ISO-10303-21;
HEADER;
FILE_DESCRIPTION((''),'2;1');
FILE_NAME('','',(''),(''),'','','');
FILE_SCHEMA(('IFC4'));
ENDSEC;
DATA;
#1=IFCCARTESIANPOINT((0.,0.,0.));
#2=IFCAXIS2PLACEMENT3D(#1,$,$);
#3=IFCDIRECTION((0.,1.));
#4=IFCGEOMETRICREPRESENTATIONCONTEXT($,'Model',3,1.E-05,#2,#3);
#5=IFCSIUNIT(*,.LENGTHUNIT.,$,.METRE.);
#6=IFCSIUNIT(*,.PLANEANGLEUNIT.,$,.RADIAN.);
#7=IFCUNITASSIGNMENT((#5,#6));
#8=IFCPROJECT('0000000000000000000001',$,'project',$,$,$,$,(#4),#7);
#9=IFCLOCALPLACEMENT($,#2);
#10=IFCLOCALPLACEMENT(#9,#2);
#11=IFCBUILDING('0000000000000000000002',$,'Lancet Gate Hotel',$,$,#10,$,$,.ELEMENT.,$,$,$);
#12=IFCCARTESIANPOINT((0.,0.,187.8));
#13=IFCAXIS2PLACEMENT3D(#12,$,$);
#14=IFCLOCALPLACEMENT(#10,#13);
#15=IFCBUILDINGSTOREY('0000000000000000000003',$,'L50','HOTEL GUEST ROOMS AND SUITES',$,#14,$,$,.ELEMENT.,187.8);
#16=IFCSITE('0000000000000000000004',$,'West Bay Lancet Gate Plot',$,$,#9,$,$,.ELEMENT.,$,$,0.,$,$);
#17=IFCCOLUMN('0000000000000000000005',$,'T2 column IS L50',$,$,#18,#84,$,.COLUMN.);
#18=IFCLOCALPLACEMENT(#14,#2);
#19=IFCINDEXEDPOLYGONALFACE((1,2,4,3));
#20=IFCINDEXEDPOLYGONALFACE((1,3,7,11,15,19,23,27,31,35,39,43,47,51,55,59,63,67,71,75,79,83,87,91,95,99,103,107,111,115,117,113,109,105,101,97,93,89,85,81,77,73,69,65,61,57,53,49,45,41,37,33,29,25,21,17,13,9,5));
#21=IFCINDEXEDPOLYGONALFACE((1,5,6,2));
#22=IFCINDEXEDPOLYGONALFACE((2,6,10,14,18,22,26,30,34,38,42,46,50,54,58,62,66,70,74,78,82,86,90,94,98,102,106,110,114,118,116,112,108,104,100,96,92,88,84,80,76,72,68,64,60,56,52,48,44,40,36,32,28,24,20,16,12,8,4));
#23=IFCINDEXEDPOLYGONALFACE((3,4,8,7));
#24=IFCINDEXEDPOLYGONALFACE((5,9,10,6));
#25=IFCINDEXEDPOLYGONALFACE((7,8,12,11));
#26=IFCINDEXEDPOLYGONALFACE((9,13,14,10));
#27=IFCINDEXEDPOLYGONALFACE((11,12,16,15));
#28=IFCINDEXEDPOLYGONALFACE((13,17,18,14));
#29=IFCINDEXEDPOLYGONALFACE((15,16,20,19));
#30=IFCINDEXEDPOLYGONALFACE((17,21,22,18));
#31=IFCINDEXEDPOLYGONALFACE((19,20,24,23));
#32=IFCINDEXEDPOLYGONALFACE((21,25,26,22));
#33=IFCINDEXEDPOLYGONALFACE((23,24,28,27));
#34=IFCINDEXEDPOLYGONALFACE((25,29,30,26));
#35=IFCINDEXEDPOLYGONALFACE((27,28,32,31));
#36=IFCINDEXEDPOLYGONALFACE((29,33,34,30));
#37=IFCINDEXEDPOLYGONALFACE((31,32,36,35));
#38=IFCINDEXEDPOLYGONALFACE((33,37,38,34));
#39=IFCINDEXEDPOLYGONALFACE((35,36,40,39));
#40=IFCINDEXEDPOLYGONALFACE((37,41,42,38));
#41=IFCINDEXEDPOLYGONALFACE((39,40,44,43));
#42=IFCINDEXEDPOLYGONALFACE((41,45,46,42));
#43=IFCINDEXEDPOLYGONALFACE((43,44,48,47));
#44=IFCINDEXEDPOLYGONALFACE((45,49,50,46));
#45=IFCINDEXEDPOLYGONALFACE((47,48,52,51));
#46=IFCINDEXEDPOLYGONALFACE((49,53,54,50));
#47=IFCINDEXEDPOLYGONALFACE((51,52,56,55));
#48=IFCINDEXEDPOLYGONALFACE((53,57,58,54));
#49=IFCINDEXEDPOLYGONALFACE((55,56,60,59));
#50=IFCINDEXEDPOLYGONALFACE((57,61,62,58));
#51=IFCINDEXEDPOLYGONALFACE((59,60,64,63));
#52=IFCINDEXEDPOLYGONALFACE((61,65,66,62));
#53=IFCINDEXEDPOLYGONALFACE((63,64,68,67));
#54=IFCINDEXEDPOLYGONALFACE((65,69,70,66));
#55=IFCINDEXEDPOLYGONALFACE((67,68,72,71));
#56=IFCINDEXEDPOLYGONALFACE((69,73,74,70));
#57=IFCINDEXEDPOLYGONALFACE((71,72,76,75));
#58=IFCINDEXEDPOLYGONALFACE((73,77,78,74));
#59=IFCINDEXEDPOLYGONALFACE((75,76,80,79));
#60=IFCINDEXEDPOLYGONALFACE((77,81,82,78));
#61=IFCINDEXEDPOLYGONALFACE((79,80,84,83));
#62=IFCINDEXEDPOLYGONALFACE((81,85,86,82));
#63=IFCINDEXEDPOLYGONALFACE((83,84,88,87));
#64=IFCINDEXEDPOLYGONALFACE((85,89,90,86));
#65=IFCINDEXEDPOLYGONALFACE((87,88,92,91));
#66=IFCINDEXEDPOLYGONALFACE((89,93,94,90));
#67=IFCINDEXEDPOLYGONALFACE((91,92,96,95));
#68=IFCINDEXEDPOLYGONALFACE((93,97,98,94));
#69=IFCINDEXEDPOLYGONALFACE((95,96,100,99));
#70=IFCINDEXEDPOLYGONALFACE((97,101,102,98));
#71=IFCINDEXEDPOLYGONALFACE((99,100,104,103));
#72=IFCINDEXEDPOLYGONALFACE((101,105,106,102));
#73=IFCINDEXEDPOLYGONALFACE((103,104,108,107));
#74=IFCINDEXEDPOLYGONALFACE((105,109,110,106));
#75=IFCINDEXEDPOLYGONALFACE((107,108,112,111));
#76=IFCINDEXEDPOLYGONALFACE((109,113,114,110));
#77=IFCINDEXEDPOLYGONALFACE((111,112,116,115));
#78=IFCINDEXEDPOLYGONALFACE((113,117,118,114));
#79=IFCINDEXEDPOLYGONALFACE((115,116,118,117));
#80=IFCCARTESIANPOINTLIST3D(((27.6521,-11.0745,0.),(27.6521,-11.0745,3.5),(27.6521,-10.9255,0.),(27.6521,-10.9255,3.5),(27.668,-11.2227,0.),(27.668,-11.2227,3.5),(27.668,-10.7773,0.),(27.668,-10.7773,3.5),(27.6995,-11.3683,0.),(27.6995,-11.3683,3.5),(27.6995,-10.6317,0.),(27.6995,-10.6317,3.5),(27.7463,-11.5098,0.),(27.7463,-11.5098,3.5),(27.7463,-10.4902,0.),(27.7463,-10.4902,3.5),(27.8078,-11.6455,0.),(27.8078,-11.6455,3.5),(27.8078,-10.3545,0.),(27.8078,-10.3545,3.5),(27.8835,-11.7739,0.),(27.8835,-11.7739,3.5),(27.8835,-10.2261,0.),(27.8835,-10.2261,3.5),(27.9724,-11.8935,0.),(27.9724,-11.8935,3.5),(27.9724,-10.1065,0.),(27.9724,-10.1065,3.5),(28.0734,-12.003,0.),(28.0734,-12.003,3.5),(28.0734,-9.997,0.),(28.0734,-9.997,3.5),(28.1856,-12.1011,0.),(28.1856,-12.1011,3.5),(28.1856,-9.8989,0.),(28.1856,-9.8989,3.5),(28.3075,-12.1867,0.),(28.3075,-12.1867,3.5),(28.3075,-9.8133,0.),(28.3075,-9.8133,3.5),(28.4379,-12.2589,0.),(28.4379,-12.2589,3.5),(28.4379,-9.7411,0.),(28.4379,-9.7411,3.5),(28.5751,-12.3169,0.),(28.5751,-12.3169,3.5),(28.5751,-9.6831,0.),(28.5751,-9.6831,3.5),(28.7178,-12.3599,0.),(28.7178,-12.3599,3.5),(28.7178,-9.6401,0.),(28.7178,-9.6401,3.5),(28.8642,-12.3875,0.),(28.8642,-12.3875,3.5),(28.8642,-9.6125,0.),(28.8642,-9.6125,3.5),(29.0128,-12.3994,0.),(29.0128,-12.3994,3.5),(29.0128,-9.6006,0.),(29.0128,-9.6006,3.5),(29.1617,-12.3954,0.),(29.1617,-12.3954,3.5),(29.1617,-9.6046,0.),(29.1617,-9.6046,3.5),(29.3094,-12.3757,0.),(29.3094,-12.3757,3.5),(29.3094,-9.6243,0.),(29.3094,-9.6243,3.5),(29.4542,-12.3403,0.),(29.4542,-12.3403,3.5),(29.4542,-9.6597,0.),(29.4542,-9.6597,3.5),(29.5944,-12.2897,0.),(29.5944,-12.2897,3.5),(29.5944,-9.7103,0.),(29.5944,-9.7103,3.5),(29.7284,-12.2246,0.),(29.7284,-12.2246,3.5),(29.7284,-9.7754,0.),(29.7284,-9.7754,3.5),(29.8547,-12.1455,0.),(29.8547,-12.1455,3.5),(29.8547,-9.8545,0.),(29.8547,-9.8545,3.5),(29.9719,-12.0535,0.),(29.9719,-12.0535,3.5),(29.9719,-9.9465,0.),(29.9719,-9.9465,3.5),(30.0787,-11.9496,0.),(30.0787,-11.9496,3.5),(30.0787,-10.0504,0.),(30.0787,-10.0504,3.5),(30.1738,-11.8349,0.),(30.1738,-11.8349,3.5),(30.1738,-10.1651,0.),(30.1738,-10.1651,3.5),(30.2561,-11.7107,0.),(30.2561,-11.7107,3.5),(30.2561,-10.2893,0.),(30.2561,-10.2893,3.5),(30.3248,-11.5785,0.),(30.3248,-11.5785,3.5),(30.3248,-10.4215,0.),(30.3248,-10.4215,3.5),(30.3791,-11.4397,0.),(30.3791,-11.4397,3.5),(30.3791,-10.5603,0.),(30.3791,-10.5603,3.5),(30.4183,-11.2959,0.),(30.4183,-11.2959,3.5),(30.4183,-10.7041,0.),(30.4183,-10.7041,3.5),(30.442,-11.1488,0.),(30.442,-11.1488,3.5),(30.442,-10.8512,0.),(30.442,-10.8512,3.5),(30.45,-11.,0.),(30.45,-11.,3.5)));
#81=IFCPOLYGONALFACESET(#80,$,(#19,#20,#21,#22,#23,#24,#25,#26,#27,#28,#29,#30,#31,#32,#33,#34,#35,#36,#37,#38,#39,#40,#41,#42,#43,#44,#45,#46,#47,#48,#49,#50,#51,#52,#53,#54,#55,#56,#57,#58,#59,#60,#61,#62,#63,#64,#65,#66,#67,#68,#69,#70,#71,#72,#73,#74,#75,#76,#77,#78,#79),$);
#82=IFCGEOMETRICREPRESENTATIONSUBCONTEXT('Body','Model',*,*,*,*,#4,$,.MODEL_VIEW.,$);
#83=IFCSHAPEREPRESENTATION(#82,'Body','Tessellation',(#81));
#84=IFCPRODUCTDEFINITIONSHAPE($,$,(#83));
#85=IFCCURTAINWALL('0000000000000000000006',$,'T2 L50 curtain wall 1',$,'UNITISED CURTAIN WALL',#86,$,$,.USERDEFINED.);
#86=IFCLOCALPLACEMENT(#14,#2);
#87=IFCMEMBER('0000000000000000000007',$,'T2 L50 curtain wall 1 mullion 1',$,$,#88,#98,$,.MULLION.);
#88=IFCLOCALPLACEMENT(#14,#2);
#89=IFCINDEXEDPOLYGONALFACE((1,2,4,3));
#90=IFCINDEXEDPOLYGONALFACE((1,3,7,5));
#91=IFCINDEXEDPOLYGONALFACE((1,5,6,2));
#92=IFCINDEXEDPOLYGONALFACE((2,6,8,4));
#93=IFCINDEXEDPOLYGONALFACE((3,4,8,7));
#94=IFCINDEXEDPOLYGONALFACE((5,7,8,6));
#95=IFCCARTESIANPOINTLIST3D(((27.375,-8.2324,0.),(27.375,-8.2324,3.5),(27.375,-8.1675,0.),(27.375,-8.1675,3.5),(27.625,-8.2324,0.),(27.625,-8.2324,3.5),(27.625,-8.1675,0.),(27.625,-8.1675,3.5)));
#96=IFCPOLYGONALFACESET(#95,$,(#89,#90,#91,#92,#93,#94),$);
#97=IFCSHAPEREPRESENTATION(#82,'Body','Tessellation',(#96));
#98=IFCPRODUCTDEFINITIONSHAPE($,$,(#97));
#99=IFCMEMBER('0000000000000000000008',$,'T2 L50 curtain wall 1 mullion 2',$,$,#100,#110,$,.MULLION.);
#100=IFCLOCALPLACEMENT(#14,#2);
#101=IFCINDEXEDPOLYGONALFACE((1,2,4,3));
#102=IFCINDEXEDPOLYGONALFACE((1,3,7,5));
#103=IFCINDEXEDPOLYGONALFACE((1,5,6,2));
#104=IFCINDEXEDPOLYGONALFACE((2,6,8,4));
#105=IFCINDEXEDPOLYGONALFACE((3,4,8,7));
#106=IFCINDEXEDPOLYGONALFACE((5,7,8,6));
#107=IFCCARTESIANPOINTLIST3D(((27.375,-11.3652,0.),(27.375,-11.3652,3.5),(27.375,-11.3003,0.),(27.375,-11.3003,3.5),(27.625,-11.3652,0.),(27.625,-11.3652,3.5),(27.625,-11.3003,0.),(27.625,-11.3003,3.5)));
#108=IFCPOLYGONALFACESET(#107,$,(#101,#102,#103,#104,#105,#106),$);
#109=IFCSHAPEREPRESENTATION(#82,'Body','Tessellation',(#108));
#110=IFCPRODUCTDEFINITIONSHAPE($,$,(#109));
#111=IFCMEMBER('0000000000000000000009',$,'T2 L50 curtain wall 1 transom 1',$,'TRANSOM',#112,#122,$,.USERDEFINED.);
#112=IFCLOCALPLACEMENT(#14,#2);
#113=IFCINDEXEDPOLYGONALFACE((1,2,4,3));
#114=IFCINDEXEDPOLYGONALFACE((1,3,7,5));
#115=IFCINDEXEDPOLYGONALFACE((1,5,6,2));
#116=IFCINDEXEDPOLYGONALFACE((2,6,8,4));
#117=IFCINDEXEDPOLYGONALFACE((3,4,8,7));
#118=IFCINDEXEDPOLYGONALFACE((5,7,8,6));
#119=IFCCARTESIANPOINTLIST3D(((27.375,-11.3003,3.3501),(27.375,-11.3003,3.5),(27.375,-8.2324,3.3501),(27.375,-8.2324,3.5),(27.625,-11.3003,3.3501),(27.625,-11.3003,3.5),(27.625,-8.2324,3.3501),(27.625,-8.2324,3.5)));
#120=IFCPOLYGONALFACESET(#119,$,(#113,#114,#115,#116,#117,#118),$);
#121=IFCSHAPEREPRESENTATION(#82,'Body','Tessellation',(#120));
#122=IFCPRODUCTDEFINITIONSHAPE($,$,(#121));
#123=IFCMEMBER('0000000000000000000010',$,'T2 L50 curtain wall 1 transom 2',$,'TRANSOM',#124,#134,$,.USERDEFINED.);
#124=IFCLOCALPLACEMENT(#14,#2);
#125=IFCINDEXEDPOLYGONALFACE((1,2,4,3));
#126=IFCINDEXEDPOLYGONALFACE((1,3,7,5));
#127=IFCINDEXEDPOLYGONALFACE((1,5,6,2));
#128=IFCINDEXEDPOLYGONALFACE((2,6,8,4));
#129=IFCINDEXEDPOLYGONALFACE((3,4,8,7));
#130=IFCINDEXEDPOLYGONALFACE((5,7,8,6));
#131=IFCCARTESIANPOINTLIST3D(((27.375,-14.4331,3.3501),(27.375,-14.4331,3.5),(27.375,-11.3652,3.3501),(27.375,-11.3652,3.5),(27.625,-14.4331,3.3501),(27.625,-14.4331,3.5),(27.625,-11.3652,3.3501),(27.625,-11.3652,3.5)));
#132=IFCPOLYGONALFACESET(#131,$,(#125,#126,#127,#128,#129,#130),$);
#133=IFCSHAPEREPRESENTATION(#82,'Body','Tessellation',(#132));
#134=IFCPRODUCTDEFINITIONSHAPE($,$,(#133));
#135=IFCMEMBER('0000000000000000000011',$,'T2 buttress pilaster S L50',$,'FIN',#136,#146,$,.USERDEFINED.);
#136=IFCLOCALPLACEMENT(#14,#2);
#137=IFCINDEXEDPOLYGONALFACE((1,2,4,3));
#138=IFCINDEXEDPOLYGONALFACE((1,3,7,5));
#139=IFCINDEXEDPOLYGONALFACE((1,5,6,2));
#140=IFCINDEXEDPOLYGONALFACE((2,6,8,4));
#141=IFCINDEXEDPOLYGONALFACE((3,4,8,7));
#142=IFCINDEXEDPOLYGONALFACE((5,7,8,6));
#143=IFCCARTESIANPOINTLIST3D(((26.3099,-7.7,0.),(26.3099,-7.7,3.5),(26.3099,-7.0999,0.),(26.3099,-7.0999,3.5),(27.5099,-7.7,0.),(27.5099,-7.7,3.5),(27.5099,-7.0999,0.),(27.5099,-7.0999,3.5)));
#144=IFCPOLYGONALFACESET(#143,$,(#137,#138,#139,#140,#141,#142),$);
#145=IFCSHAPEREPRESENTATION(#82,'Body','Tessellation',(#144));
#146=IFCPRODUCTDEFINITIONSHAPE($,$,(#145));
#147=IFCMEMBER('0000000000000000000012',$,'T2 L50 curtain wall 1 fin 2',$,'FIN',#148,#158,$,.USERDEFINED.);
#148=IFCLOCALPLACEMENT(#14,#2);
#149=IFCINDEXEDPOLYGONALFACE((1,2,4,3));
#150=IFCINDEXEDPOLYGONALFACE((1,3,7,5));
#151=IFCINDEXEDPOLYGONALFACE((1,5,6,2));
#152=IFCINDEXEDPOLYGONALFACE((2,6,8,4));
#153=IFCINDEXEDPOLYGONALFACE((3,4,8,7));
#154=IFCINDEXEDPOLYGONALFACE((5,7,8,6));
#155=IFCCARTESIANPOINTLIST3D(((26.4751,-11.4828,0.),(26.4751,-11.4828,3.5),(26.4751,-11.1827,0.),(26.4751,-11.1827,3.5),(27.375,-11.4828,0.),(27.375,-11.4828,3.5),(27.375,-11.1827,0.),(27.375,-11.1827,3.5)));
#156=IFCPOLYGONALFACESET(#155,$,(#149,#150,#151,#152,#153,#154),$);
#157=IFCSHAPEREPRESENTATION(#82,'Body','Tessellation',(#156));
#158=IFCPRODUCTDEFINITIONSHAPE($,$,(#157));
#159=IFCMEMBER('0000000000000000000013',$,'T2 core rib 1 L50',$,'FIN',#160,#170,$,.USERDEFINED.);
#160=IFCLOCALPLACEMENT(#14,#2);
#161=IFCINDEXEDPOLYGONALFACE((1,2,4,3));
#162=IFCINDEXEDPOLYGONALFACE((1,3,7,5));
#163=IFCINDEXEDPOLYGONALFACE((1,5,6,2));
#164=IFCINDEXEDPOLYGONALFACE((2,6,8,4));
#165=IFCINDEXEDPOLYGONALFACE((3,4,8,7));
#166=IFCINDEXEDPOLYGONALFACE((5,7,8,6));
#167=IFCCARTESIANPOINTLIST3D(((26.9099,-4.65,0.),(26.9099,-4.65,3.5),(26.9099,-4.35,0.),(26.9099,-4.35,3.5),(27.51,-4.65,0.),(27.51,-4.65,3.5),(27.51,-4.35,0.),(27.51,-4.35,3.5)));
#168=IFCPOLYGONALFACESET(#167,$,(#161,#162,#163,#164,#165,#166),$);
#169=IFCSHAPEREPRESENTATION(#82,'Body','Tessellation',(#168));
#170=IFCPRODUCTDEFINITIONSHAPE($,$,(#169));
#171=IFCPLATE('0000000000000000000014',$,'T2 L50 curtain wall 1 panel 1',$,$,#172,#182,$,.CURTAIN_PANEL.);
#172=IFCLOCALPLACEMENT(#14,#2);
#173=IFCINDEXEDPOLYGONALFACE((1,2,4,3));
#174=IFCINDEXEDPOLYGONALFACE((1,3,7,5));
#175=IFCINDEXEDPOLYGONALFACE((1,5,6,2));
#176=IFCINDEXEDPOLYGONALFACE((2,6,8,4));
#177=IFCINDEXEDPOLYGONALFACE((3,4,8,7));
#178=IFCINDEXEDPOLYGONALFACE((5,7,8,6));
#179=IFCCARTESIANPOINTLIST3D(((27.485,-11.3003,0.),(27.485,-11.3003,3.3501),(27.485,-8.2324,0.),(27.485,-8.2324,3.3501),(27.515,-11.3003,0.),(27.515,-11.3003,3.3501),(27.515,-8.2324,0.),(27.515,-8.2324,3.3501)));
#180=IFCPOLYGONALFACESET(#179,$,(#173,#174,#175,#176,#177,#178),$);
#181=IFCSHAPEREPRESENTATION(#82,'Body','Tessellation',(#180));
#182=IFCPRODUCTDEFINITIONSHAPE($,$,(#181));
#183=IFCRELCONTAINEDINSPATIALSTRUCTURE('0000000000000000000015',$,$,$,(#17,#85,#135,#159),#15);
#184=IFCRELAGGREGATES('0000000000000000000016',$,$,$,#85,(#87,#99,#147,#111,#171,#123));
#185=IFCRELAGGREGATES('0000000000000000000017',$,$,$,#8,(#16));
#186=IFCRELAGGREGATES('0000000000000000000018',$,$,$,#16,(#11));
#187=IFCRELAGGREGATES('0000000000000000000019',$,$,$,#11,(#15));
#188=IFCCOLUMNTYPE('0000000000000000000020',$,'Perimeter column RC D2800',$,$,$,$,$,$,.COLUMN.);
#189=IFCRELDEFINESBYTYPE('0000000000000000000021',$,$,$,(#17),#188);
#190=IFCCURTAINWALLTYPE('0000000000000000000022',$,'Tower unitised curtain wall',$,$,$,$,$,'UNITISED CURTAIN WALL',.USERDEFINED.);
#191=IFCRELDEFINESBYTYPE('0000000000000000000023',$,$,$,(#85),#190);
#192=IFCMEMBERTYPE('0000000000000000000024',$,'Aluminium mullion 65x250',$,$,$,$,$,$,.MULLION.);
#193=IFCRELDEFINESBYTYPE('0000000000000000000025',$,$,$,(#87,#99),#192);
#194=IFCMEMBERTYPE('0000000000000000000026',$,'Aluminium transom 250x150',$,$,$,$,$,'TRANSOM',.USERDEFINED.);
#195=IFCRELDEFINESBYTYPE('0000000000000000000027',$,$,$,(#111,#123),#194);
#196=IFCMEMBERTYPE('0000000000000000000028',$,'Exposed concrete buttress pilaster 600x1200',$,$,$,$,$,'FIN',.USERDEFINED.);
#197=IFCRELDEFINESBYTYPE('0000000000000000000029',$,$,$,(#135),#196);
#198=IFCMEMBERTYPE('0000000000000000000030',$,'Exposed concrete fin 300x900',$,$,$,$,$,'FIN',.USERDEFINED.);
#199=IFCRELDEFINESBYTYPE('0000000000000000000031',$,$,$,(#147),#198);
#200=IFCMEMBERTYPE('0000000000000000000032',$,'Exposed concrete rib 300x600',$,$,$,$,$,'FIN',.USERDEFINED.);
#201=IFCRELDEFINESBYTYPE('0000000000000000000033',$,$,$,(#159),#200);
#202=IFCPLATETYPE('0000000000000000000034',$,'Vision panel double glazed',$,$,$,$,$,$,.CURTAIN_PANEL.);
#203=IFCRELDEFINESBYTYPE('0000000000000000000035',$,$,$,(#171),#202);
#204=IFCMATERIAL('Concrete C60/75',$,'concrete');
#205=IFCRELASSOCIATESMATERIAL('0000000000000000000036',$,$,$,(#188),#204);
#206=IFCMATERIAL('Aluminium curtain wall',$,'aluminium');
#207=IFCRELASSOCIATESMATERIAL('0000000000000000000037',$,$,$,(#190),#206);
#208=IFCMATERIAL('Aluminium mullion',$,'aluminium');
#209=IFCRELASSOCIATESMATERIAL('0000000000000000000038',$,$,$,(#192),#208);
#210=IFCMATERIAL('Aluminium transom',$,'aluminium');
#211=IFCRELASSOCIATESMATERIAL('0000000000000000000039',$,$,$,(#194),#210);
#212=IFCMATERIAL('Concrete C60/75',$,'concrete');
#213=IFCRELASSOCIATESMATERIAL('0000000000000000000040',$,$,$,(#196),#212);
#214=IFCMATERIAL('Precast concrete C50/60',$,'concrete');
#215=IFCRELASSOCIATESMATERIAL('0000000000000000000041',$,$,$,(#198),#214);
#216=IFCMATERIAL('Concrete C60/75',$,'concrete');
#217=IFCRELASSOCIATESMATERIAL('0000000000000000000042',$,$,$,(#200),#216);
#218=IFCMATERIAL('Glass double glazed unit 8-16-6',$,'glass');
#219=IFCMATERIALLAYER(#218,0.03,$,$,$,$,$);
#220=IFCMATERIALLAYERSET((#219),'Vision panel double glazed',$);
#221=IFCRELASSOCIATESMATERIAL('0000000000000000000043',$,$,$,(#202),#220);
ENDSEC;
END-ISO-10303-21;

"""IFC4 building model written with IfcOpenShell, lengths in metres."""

from ifc_helpers import new_model, si_unit, direction, frame, origin, origin_2d, place, context, subcontext, project, spatial, rectangle, circle, extrude, material, layer, layer_set, material_profile, profile_set, type_object, element, aggregate, save


model = new_model("IFC4")

# Units and contexts
model_context = context("Model", 3, precision=1e-05, world=origin(), true_north=direction((0.0, 1.0)))
body_context = subcontext(model_context, "Body", "Model", "MODEL_VIEW")
ifc_project = project(units=[si_unit("LENGTHUNIT", "METRE"), si_unit("PLANEANGLEUNIT", "RADIAN")], contexts=[model_context])

# Site, building, storey
site_placement = place(None, origin())
site = spatial("IfcSite", under=ifc_project, at=site_placement, Name="West Bay Lancet Gate Plot", CompositionType="ELEMENT", RefElevation=0.0)
building_placement = place(site_placement, origin())
building = spatial("IfcBuilding", under=site, at=building_placement, Name="Lancet Gate Hotel", CompositionType="ELEMENT")
storey_placement = place(building_placement, frame((0.0, 0.0, 187.8)))
storey = spatial("IfcBuildingStorey", under=building, at=storey_placement, Name="L50", Description="HOTEL GUEST ROOMS AND SUITES", CompositionType="ELEMENT", Elevation=187.8)

# Column
ifc_material_1 = material(Name="Concrete C60/75", Category="concrete")
ifc_material_profile_1 = material_profile(ifc_material_1, circle(Radius=1.3999, at=origin_2d()), Name="RC D2800")
ifc_profile_set_1 = profile_set([ifc_material_profile_1], Name="Concrete C60/75")
column_type = type_object("IfcColumnType", Name="Perimeter column RC D2800", PredefinedType="COLUMN", material=ifc_profile_set_1)
column_placement = place(storey_placement, frame((29.05, -11.0, 0.0), z_axis=(0.0, 0.0, 1.0), x_axis=(1.0, 0.0, 0.0)))
element("IfcColumn", 1, at=column_placement, inside=storey, type_object=column_type, Name="T2 column IS L50", PredefinedType="COLUMN", context=body_context, shape_type="SweptSolid", body=[
    extrude(circle(Radius=1.3999, at=origin_2d()), origin(), (0.0, 0.0, 1.0), 3.5),
])

# Curtain wall, members
ifc_material_2 = material(Name="Aluminium curtain wall", Category="aluminium")
curtain_wall_type = type_object("IfcCurtainWallType", Name="Tower unitised curtain wall", ElementType="UNITISED CURTAIN WALL", PredefinedType="USERDEFINED", material=ifc_material_2)
curtain_wall_placement = place(storey_placement, origin())
curtain_wall = element("IfcCurtainWall", 2, at=curtain_wall_placement, inside=storey, type_object=curtain_wall_type, Name="T2 L50 curtain wall 1", ObjectType="UNITISED CURTAIN WALL", PredefinedType="USERDEFINED")
ifc_material_3 = material(Name="Aluminium mullion", Category="aluminium")
ifc_material_profile_2 = material_profile(ifc_material_3, rectangle(XDim=0.0649, YDim=0.25, at=origin_2d()), Name="MULLION 65x250")
ifc_profile_set_2 = profile_set([ifc_material_profile_2], Name="Aluminium mullion")
member_type_1 = type_object("IfcMemberType", Name="Aluminium mullion 65x250", PredefinedType="MULLION", material=ifc_profile_set_2)
member_1_placement = place(storey_placement, frame((27.5, -8.2, 0.0), z_axis=(0.0, 0.0, 1.0), x_axis=(0.0, -1.0, 0.0)))
member_1 = element("IfcMember", 3, at=member_1_placement, type_object=member_type_1, Name="T2 L50 curtain wall 1 mullion 1", PredefinedType="MULLION", context=body_context, shape_type="SweptSolid", body=[
    extrude(rectangle(XDim=0.0649, YDim=0.25, at=origin_2d()), origin(), (0.0, 0.0, 1.0), 3.5),
])
member_2_placement = place(storey_placement, frame((27.5, -11.3328, 0.0), z_axis=(0.0, 0.0, 1.0), x_axis=(0.0, -1.0, 0.0)))
member_2 = element("IfcMember", 4, at=member_2_placement, type_object=member_type_1, Name="T2 L50 curtain wall 1 mullion 2", PredefinedType="MULLION", context=body_context, shape_type="SweptSolid", body=[
    extrude(rectangle(XDim=0.0649, YDim=0.25, at=origin_2d()), origin(), (0.0, 0.0, 1.0), 3.5),
])
ifc_material_4 = material(Name="Aluminium transom", Category="aluminium")
ifc_material_profile_3 = material_profile(ifc_material_4, rectangle(XDim=0.25, YDim=0.1499, at=origin_2d()), Name="TRANSOM 250x150")
ifc_profile_set_3 = profile_set([ifc_material_profile_3], Name="Aluminium transom")
member_type_2 = type_object("IfcMemberType", Name="Aluminium transom 250x150", ElementType="TRANSOM", PredefinedType="USERDEFINED", material=ifc_profile_set_3)
member_3_placement = place(storey_placement, frame((27.5, -8.2324, 3.425), z_axis=(0.0, -1.0, 0.0), x_axis=(1.0, 0.0, 0.0)))
member_3 = element("IfcMember", 5, at=member_3_placement, type_object=member_type_2, Name="T2 L50 curtain wall 1 transom 1", ObjectType="TRANSOM", PredefinedType="USERDEFINED", context=body_context, shape_type="SweptSolid", body=[
    extrude(rectangle(XDim=0.25, YDim=0.1499, at=origin_2d()), origin(), (0.0, 0.0, 1.0), 3.0679),
])
member_4_placement = place(storey_placement, frame((27.5, -11.3652, 3.425), z_axis=(0.0, -1.0, 0.0), x_axis=(1.0, 0.0, 0.0)))
member_4 = element("IfcMember", 6, at=member_4_placement, type_object=member_type_2, Name="T2 L50 curtain wall 1 transom 2", ObjectType="TRANSOM", PredefinedType="USERDEFINED", context=body_context, shape_type="SweptSolid", body=[
    extrude(rectangle(XDim=0.25, YDim=0.1499, at=origin_2d()), origin(), (0.0, 0.0, 1.0), 3.0679),
])

# Members
ifc_material_5 = material(Name="Concrete C60/75", Category="concrete")
ifc_material_profile_4 = material_profile(ifc_material_5, rectangle(XDim=0.6001, YDim=1.2, at=origin_2d()), Name="FIN 600x1200")
ifc_profile_set_4 = profile_set([ifc_material_profile_4], Name="Concrete C60/75")
member_type_3 = type_object("IfcMemberType", Name="Exposed concrete buttress pilaster 600x1200", ElementType="FIN", PredefinedType="USERDEFINED", material=ifc_profile_set_4)
member_5_placement = place(storey_placement, frame((26.9099, -7.3999, 0.0), z_axis=(0.0, 0.0, 1.0), x_axis=(0.0, 1.0, 0.0)))
element("IfcMember", 7, at=member_5_placement, inside=storey, type_object=member_type_3, Name="T2 buttress pilaster S L50", ObjectType="FIN", PredefinedType="USERDEFINED", context=body_context, shape_type="SweptSolid", body=[
    extrude(rectangle(XDim=0.6001, YDim=1.2, at=origin_2d()), origin(), (0.0, 0.0, 1.0), 3.5),
])
ifc_material_6 = material(Name="Precast concrete C50/60", Category="concrete")
ifc_material_profile_5 = material_profile(ifc_material_6, rectangle(XDim=0.3, YDim=0.8999, at=origin_2d()), Name="FIN 300x900")
ifc_profile_set_5 = profile_set([ifc_material_profile_5], Name="Precast concrete C50/60")
member_type_4 = type_object("IfcMemberType", Name="Exposed concrete fin 300x900", ElementType="FIN", PredefinedType="USERDEFINED", material=ifc_profile_set_5)
member_6_placement = place(storey_placement, frame((26.925, -11.3328, 0.0), z_axis=(0.0, 0.0, 1.0), x_axis=(0.0, -1.0, 0.0)))
member_6 = element("IfcMember", 8, at=member_6_placement, type_object=member_type_4, Name="T2 L50 curtain wall 1 fin 2", ObjectType="FIN", PredefinedType="USERDEFINED", context=body_context, shape_type="SweptSolid", body=[
    extrude(rectangle(XDim=0.3, YDim=0.8999, at=origin_2d()), origin(), (0.0, 0.0, 1.0), 3.5),
])
ifc_material_7 = material(Name="Concrete C60/75", Category="concrete")
ifc_material_profile_6 = material_profile(ifc_material_7, rectangle(XDim=0.3, YDim=0.6001, at=origin_2d()), Name="FIN 300x600")
ifc_profile_set_6 = profile_set([ifc_material_profile_6], Name="Concrete C60/75")
member_type_5 = type_object("IfcMemberType", Name="Exposed concrete rib 300x600", ElementType="FIN", PredefinedType="USERDEFINED", material=ifc_profile_set_6)
member_7_placement = place(storey_placement, frame((27.21, -4.5, 0.0), z_axis=(0.0, 0.0, 1.0), x_axis=(0.0, 1.0, 0.0)))
element("IfcMember", 9, at=member_7_placement, inside=storey, type_object=member_type_5, Name="T2 core rib 1 L50", ObjectType="FIN", PredefinedType="USERDEFINED", context=body_context, shape_type="SweptSolid", body=[
    extrude(rectangle(XDim=0.3, YDim=0.6001, at=origin_2d()), origin(), (0.0, 0.0, 1.0), 3.5),
])

# Plate
ifc_material_8 = material(Name="Glass double glazed unit 8-16-6", Category="glass")
ifc_layer_1 = layer(ifc_material_8, 0.03)
ifc_layer_set_1 = layer_set([ifc_layer_1], Name="Vision panel double glazed")
plate_type = type_object("IfcPlateType", Name="Vision panel double glazed", PredefinedType="CURTAIN_PANEL", material=ifc_layer_set_1)
plate_1_placement = place(storey_placement, frame((27.5, -9.7664, 0.0), z_axis=(0.0, 0.0, 1.0), x_axis=(0.0, -1.0, 0.0)))
plate_1 = element("IfcPlate", 10, at=plate_1_placement, type_object=plate_type, Name="T2 L50 curtain wall 1 panel 1", PredefinedType="CURTAIN_PANEL", context=body_context, shape_type="SweptSolid", body=[
    extrude(rectangle(XDim=3.0679, YDim=0.03, at=origin_2d()), origin(), (0.0, 0.0, 1.0), 3.3501),
])
aggregate(curtain_wall, [member_1, member_2, member_6, member_3, plate_1, member_4])

save(model, "model.ifc")
